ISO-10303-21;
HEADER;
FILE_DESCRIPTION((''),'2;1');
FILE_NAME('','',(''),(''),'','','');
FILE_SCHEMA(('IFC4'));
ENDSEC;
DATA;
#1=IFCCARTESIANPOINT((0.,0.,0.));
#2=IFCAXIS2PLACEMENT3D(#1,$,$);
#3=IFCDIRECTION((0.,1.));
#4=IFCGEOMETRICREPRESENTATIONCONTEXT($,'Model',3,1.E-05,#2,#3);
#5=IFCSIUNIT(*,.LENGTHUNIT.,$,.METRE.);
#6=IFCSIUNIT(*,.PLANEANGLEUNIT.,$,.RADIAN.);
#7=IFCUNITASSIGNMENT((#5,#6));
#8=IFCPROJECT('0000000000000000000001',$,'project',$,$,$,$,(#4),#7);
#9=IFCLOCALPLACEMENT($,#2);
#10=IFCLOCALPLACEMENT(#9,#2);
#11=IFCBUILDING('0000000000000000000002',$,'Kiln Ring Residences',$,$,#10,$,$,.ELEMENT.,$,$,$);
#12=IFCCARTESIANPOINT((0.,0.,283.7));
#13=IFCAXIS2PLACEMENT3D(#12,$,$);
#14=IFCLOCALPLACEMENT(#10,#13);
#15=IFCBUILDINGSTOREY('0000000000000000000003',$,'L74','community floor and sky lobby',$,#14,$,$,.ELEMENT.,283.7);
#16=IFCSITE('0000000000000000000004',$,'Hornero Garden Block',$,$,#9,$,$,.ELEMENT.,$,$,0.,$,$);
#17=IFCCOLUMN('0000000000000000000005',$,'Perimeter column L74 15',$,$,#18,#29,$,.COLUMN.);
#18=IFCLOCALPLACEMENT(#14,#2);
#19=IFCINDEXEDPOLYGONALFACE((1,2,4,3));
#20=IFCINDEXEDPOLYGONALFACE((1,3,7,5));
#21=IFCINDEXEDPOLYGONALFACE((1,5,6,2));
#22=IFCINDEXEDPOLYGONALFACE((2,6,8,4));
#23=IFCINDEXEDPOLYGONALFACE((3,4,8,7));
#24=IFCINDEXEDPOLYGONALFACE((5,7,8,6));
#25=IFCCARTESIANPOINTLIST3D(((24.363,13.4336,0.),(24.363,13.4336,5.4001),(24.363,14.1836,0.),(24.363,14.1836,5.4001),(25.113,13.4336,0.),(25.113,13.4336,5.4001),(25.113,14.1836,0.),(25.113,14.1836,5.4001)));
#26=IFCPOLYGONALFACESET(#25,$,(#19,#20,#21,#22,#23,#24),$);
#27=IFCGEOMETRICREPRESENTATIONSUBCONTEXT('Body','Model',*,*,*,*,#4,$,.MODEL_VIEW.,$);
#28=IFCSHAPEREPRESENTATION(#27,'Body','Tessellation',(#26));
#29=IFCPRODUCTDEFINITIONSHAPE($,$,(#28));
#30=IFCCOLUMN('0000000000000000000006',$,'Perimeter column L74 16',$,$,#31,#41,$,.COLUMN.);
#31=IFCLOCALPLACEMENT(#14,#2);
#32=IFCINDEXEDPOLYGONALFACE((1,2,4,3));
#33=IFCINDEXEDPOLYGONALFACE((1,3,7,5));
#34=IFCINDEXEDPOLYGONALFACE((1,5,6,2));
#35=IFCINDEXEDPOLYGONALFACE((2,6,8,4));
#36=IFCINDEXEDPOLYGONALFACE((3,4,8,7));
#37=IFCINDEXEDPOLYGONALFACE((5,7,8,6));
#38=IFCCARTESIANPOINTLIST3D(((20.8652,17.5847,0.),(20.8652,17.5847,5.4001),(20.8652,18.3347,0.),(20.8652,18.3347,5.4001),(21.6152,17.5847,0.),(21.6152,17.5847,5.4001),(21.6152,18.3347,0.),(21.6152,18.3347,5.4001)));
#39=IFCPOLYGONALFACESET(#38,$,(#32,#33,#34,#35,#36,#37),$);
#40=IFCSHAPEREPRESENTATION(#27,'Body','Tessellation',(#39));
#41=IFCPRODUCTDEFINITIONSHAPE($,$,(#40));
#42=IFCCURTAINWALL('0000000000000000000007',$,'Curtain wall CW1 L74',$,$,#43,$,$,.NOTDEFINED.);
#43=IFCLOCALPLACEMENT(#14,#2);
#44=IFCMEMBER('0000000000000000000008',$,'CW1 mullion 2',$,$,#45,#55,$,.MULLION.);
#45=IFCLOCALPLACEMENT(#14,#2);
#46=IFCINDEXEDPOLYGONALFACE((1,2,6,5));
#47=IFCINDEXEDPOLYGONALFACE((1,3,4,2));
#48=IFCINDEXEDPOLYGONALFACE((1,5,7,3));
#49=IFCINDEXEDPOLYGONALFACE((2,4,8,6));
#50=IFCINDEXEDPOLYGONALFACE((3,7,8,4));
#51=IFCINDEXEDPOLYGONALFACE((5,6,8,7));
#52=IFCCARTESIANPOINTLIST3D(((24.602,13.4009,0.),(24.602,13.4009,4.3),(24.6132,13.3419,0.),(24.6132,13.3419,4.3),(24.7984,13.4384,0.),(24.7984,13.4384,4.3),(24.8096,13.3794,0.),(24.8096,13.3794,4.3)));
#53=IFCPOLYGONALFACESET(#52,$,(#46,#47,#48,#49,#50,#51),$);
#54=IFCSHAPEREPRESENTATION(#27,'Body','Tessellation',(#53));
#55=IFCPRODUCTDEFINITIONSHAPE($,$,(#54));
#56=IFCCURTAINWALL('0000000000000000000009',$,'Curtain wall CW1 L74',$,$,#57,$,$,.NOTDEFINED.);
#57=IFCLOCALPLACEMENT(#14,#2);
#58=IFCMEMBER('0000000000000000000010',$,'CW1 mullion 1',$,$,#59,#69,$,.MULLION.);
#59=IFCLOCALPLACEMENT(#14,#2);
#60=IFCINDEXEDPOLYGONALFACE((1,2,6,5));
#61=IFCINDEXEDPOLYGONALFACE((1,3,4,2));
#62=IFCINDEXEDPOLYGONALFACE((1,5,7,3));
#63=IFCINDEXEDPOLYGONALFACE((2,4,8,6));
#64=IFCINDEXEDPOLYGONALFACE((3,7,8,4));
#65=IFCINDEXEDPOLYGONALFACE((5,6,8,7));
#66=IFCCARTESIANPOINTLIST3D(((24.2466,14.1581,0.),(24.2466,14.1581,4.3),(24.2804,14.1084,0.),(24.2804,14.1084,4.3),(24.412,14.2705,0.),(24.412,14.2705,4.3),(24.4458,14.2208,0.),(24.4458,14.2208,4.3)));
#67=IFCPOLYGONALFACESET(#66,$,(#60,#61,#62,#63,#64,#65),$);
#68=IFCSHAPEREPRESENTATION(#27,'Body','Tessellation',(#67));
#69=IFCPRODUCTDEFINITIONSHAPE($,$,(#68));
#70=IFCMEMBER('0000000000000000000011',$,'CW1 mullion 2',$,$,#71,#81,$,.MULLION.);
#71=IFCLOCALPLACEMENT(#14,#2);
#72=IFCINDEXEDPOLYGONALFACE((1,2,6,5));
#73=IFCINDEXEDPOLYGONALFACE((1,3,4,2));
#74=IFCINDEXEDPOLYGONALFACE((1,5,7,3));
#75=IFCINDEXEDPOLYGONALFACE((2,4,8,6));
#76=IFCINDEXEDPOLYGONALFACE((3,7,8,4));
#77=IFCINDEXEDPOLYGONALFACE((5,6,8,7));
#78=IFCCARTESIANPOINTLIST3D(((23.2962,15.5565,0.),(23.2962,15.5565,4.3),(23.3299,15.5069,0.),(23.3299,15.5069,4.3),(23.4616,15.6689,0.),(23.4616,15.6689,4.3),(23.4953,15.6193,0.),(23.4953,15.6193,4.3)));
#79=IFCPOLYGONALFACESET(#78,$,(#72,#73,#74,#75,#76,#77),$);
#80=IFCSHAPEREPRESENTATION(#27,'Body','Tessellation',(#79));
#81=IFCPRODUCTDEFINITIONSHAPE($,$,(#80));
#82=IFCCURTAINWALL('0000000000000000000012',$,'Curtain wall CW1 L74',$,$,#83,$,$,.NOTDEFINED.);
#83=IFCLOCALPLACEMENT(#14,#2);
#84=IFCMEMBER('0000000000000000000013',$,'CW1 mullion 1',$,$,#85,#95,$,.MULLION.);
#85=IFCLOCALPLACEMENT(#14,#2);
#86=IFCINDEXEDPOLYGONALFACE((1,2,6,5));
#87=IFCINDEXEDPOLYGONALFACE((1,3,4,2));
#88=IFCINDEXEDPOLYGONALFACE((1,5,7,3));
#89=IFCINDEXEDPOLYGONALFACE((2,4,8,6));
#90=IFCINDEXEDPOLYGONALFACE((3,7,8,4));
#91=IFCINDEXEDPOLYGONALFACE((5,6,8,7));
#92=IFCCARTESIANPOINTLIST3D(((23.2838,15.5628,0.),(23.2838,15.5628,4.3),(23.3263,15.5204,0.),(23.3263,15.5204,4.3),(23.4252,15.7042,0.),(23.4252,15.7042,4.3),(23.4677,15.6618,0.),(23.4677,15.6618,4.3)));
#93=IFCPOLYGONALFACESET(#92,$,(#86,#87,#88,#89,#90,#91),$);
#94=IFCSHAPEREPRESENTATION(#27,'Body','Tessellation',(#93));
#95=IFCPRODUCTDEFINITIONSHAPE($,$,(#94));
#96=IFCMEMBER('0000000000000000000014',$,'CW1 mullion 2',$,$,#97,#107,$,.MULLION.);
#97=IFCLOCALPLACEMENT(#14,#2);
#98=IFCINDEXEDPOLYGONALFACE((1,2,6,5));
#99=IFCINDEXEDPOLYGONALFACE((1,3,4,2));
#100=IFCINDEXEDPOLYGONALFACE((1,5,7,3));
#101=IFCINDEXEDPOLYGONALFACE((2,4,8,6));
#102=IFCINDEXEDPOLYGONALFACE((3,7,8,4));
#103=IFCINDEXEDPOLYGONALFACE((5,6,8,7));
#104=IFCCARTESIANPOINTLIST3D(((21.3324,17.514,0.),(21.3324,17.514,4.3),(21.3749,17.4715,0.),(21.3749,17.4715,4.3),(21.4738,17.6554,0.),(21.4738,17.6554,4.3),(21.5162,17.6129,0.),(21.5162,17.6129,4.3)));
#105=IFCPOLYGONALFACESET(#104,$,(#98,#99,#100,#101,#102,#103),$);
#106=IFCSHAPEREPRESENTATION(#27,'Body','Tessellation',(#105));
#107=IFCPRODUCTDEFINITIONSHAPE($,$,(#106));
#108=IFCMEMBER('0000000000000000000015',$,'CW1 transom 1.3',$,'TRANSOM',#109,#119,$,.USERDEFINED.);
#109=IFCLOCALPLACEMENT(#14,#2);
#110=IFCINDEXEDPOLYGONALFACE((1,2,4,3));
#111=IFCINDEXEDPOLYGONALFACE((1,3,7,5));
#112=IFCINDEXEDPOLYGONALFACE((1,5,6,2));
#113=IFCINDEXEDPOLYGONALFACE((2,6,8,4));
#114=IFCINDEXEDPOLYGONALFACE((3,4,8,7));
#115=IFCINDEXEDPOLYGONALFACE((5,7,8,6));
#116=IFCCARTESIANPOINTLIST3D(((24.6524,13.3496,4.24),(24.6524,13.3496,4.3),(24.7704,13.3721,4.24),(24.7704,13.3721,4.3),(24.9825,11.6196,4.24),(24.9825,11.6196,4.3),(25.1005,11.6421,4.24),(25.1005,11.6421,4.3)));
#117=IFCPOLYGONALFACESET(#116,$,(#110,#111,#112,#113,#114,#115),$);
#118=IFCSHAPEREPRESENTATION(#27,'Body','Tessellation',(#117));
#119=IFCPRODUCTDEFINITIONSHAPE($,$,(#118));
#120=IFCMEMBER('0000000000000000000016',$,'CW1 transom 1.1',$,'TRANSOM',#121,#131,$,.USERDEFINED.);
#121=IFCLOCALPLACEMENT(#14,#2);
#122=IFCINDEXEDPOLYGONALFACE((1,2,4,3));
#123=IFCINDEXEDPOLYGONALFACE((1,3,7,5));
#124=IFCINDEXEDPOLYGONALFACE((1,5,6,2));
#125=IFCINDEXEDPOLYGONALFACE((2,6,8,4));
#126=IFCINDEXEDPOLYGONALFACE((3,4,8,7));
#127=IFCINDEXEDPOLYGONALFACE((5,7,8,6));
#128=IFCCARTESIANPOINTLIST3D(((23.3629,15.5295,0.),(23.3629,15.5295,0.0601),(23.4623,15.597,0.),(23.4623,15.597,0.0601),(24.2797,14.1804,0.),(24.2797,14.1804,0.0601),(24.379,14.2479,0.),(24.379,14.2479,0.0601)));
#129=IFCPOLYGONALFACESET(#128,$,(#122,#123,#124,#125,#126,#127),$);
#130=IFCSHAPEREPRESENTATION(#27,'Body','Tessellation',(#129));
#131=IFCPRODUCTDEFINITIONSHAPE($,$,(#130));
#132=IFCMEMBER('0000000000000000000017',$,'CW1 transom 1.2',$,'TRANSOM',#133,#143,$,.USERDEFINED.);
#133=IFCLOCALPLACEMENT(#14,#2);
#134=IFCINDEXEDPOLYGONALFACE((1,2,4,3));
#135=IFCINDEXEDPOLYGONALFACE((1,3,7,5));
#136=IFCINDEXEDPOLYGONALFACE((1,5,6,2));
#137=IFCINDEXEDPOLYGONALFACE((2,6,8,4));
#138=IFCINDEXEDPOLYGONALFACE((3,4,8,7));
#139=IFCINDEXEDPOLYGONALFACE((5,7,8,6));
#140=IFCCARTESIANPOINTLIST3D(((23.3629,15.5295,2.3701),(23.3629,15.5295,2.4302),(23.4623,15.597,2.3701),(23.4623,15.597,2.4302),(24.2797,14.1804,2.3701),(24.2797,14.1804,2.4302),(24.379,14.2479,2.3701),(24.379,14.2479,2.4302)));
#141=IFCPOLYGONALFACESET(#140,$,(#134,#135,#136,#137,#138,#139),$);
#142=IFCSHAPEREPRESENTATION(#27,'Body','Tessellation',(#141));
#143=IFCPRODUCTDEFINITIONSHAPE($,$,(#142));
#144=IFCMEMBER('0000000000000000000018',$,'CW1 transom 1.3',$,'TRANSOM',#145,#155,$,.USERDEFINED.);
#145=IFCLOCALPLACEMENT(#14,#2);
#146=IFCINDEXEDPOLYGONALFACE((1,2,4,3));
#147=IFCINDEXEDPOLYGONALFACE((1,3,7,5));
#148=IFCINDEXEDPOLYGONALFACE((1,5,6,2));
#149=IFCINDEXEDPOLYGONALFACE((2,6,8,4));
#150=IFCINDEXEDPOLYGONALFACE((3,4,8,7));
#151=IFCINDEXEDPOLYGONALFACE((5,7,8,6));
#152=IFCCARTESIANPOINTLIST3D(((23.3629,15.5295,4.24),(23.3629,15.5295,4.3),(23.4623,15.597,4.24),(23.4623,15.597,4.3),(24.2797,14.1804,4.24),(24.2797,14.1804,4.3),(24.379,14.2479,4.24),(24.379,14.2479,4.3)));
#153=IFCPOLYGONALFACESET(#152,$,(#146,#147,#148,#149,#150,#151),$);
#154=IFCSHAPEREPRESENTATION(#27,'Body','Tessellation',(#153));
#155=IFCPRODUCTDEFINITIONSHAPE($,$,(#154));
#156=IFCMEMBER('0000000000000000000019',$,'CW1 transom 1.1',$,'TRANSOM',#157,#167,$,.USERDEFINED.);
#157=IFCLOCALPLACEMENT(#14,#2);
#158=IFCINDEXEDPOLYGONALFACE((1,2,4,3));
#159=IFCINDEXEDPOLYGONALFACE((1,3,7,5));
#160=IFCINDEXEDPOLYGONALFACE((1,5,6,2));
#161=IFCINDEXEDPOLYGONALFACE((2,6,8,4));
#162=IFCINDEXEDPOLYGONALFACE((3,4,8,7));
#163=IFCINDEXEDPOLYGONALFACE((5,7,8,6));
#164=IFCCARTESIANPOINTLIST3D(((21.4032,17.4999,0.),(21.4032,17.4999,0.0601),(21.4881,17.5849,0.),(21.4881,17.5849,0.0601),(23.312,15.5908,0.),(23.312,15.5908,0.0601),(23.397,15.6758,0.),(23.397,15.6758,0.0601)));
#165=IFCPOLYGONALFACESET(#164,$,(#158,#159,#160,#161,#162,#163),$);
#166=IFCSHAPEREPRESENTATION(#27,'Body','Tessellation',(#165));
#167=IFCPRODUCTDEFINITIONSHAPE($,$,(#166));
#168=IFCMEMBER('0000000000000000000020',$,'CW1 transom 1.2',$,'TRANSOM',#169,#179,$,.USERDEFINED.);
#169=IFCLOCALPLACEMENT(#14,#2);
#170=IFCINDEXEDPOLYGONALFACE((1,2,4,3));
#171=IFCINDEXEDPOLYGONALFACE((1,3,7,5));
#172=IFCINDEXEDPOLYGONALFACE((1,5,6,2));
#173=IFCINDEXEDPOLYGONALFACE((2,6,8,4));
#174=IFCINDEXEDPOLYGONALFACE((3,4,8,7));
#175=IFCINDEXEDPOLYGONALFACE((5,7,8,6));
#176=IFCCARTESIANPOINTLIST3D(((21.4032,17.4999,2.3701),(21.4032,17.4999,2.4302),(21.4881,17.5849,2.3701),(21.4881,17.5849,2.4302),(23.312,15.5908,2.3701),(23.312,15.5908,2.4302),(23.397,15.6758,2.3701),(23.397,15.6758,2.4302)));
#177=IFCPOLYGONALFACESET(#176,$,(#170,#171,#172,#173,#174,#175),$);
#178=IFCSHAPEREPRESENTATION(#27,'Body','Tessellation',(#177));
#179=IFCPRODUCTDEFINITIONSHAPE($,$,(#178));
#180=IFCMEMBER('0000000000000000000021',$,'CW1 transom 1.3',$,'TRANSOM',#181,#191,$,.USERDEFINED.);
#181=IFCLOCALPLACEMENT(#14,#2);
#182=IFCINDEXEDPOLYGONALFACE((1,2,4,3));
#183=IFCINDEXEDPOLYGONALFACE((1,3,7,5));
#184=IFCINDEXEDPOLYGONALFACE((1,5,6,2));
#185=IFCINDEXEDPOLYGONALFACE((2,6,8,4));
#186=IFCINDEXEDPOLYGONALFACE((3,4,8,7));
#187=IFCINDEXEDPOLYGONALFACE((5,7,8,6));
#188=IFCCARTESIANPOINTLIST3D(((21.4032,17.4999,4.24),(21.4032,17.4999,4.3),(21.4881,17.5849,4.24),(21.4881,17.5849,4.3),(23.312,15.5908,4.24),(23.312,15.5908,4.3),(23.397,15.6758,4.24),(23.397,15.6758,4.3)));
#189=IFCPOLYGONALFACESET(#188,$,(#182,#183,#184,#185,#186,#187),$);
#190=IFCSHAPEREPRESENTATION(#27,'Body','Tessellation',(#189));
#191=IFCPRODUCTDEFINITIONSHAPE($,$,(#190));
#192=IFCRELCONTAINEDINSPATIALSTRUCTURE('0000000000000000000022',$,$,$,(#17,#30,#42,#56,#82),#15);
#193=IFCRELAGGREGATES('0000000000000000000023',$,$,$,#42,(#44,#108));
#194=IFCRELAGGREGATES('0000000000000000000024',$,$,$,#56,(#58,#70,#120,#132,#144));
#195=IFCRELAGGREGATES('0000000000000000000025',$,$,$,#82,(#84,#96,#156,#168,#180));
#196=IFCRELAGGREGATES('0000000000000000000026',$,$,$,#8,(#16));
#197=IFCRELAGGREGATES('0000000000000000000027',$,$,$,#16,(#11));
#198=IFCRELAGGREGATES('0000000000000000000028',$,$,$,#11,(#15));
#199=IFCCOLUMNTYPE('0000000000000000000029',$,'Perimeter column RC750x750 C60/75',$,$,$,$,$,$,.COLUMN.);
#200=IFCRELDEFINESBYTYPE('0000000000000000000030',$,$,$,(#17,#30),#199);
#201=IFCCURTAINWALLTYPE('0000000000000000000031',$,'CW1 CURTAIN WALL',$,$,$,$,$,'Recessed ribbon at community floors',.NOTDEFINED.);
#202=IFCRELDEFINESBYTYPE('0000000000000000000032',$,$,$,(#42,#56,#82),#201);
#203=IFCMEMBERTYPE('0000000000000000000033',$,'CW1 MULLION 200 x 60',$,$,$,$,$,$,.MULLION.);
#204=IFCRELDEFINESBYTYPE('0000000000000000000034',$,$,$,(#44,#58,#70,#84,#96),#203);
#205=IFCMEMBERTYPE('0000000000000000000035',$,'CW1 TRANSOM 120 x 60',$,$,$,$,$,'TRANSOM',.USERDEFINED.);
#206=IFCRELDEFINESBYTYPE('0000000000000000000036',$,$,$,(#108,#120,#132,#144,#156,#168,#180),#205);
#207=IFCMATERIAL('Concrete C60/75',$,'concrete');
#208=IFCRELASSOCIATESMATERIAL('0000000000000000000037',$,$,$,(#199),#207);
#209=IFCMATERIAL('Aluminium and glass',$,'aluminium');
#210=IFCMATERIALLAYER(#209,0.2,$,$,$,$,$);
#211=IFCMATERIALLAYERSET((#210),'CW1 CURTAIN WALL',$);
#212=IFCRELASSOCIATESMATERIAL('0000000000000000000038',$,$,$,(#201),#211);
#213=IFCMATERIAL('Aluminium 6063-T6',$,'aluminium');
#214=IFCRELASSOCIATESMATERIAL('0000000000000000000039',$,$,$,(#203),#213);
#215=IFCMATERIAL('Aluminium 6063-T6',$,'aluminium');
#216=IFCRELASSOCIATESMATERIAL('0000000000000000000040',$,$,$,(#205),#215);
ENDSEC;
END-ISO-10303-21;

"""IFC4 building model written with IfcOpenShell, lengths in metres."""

from ifc_helpers import new_model, si_unit, direction, frame, origin, origin_2d, place, context, subcontext, project, spatial, rectangle, extrude, material, layer, layer_set, material_profile, profile_set, type_object, element, aggregate, save


model = new_model("IFC4")

# Units and contexts
model_context = context("Model", 3, precision=1e-05, world=origin(), true_north=direction((0.0, 1.0)))
body_context = subcontext(model_context, "Body", "Model", "MODEL_VIEW")
ifc_project = project(units=[si_unit("LENGTHUNIT", "METRE"), si_unit("PLANEANGLEUNIT", "RADIAN")], contexts=[model_context])

# Site, building, storey
site_placement = place(None, origin())
site = spatial("IfcSite", under=ifc_project, at=site_placement, Name="Hornero Garden Block", CompositionType="ELEMENT", RefElevation=0.0)
building_placement = place(site_placement, origin())
building = spatial("IfcBuilding", under=site, at=building_placement, Name="Kiln Ring Residences", CompositionType="ELEMENT")
storey_placement = place(building_placement, frame((0.0, 0.0, 283.7)))
storey = spatial("IfcBuildingStorey", under=building, at=storey_placement, Name="L74", Description="community floor and sky lobby", CompositionType="ELEMENT", Elevation=283.7)

# Columns
ifc_material_1 = material(Name="Concrete C60/75", Category="concrete")
ifc_material_profile_1 = material_profile(ifc_material_1, rectangle(XDim=0.75, YDim=0.75, at=origin_2d()), Name="RC750x750")
ifc_profile_set_1 = profile_set([ifc_material_profile_1], Name="Concrete C60/75")
column_type = type_object("IfcColumnType", Name="Perimeter column RC750x750 C60/75", PredefinedType="COLUMN", material=ifc_profile_set_1)
for number, where, z_axis, x_axis, name in (
    (1, (24.738, 13.8086, 0.0), (0.0, 0.0, 1.0), (1.0, 0.0, 0.0), "Perimeter column L74 15"),
    (2, (21.2402, 17.9597, 0.0), (0.0, 0.0, 1.0), (1.0, 0.0, 0.0), "Perimeter column L74 16"),
):
    element("IfcColumn", number, at=place(storey_placement, frame(where, z_axis=z_axis, x_axis=x_axis)), inside=storey, type_object=column_type, Name=name, PredefinedType="COLUMN", context=body_context, shape_type="SweptSolid", body=[
        extrude(rectangle(XDim=0.75, YDim=0.75, at=origin_2d()), origin(), (0.0, 0.0, 1.0), 5.4001),
    ])

# Curtain wall, member
ifc_material_2 = material(Name="Aluminium and glass", Category="aluminium")
ifc_layer_1 = layer(ifc_material_2, 0.2)
ifc_layer_set_1 = layer_set([ifc_layer_1], Name="CW1 CURTAIN WALL")
curtain_wall_type = type_object("IfcCurtainWallType", Name="CW1 CURTAIN WALL", ElementType="Recessed ribbon at community floors", PredefinedType="NOTDEFINED", material=ifc_layer_set_1)
placement = place(storey_placement, origin())
curtain_wall_1 = element("IfcCurtainWall", 3, at=placement, inside=storey, type_object=curtain_wall_type, Name="Curtain wall CW1 L74", PredefinedType="NOTDEFINED")
ifc_material_3 = material(Name="Aluminium 6063-T6", Category="aluminium")
ifc_material_profile_2 = material_profile(ifc_material_3, rectangle(XDim=0.2, YDim=0.0601, at=origin_2d()), Name="AL 200x60")
ifc_profile_set_2 = profile_set([ifc_material_profile_2], Name="Aluminium 6063-T6")
member_type_1 = type_object("IfcMemberType", Name="CW1 MULLION 200 x 60", PredefinedType="MULLION", material=ifc_profile_set_2)
member_1_placement = place(storey_placement, frame((24.7058, 13.3901, 0.0), z_axis=(0.0, 0.0, 1.0), x_axis=(-0.98229, -0.187366, 0.0)))
member_1 = element("IfcMember", 4, at=member_1_placement, type_object=member_type_1, Name="CW1 mullion 2", PredefinedType="MULLION", context=body_context, shape_type="SweptSolid", body=[
    extrude(rectangle(XDim=0.2, YDim=0.0601, at=origin_2d()), origin(), (0.0, 0.0, 1.0), 4.3),
])

# Curtain walls, members
curtain_wall_2 = element("IfcCurtainWall", 5, at=placement, inside=storey, type_object=curtain_wall_type, Name="Curtain wall CW1 L74", PredefinedType="NOTDEFINED")
member_2_placement = place(storey_placement, frame((24.3462, 14.1895, 0.0), z_axis=(0.0, 0.0, 1.0), x_axis=(-0.827072, -0.562097, 0.0)))
member_2 = element("IfcMember", 6, at=member_2_placement, type_object=member_type_1, Name="CW1 mullion 1", PredefinedType="MULLION", context=body_context, shape_type="SweptSolid", body=[
    extrude(rectangle(XDim=0.2, YDim=0.0601, at=origin_2d()), origin(), (0.0, 0.0, 1.0), 4.3),
])
member_3_placement = place(storey_placement, frame((23.3958, 15.5879, 0.0), z_axis=(0.0, 0.0, 1.0), x_axis=(-0.827072, -0.562097, 0.0)))
member_3 = element("IfcMember", 7, at=member_3_placement, type_object=member_type_1, Name="CW1 mullion 2", PredefinedType="MULLION", context=body_context, shape_type="SweptSolid", body=[
    extrude(rectangle(XDim=0.2, YDim=0.0601, at=origin_2d()), origin(), (0.0, 0.0, 1.0), 4.3),
])
curtain_wall_3 = element("IfcCurtainWall", 8, at=placement, inside=storey, type_object=curtain_wall_type, Name="Curtain wall CW1 L74", PredefinedType="NOTDEFINED")
member_4_placement = place(storey_placement, frame((23.3757, 15.6123, 0.0), z_axis=(0.0, 0.0, 1.0), x_axis=(-0.707107, -0.707107, 0.0)))
member_4 = element("IfcMember", 9, at=member_4_placement, type_object=member_type_1, Name="CW1 mullion 1", PredefinedType="MULLION", context=body_context, shape_type="SweptSolid", body=[
    extrude(rectangle(XDim=0.2, YDim=0.0601, at=origin_2d()), origin(), (0.0, 0.0, 1.0), 4.3),
])
member_5_placement = place(storey_placement, frame((21.4243, 17.5635, 0.0), z_axis=(0.0, 0.0, 1.0), x_axis=(-0.707107, -0.707107, 0.0)))
member_5 = element("IfcMember", 10, at=member_5_placement, type_object=member_type_1, Name="CW1 mullion 2", PredefinedType="MULLION", context=body_context, shape_type="SweptSolid", body=[
    extrude(rectangle(XDim=0.2, YDim=0.0601, at=origin_2d()), origin(), (0.0, 0.0, 1.0), 4.3),
])

# Members
ifc_material_4 = material(Name="Aluminium 6063-T6", Category="aluminium")
ifc_material_profile_3 = material_profile(ifc_material_4, rectangle(XDim=0.1201, YDim=0.0601, at=origin_2d()), Name="AL 120x60")
ifc_profile_set_3 = profile_set([ifc_material_profile_3], Name="Aluminium 6063-T6")
member_type_2 = type_object("IfcMemberType", Name="CW1 TRANSOM 120 x 60", ElementType="TRANSOM", PredefinedType="USERDEFINED", material=ifc_profile_set_3)
member_6_placement = place(storey_placement, frame((25.0415, 11.6309, 4.27), z_axis=(-0.187418, 0.98228, 0.0), x_axis=(-0.98228, -0.187418, 0.0)))
member_6 = element("IfcMember", 11, at=member_6_placement, type_object=member_type_2, Name="CW1 transom 1.3", ObjectType="TRANSOM", PredefinedType="USERDEFINED", context=body_context, shape_type="SweptSolid", body=[
    extrude(rectangle(XDim=0.1201, YDim=0.0601, at=origin_2d()), origin(), (0.0, 0.0, 1.0), 1.7612),
])
member_7_placement = place(storey_placement, frame((24.3293, 14.2141, 0.03), z_axis=(-0.562036, 0.827113, 0.0), x_axis=(-0.827113, -0.562036, 0.0)))
member_7 = element("IfcMember", 12, at=member_7_placement, type_object=member_type_2, Name="CW1 transom 1.1", ObjectType="TRANSOM", PredefinedType="USERDEFINED", context=body_context, shape_type="SweptSolid", body=[
    extrude(rectangle(XDim=0.1201, YDim=0.0601, at=origin_2d()), origin(), (0.0, 0.0, 1.0), 1.6311),
])
member_8_placement = place(storey_placement, frame((24.3293, 14.2141, 2.4001), z_axis=(-0.562036, 0.827113, 0.0), x_axis=(-0.827113, -0.562036, 0.0)))
member_8 = element("IfcMember", 13, at=member_8_placement, type_object=member_type_2, Name="CW1 transom 1.2", ObjectType="TRANSOM", PredefinedType="USERDEFINED", context=body_context, shape_type="SweptSolid", body=[
    extrude(rectangle(XDim=0.1201, YDim=0.0601, at=origin_2d()), origin(), (0.0, 0.0, 1.0), 1.6311),
])
member_9_placement = place(storey_placement, frame((24.3293, 14.2141, 4.27), z_axis=(-0.562036, 0.827113, 0.0), x_axis=(-0.827113, -0.562036, 0.0)))
member_9 = element("IfcMember", 14, at=member_9_placement, type_object=member_type_2, Name="CW1 transom 1.3", ObjectType="TRANSOM", PredefinedType="USERDEFINED", context=body_context, shape_type="SweptSolid", body=[
    extrude(rectangle(XDim=0.1201, YDim=0.0601, at=origin_2d()), origin(), (0.0, 0.0, 1.0), 1.6311),
])
member_10_placement = place(storey_placement, frame((23.3545, 15.6333, 0.03), z_axis=(-0.707062, 0.707152, 0.0), x_axis=(-0.707152, -0.707062, 0.0)))
member_10 = element("IfcMember", 15, at=member_10_placement, type_object=member_type_2, Name="CW1 transom 1.1", ObjectType="TRANSOM", PredefinedType="USERDEFINED", context=body_context, shape_type="SweptSolid", body=[
    extrude(rectangle(XDim=0.1201, YDim=0.0601, at=origin_2d()), origin(), (0.0, 0.0, 1.0), 2.6997),
])
member_11_placement = place(storey_placement, frame((23.3545, 15.6333, 2.4001), z_axis=(-0.707062, 0.707152, 0.0), x_axis=(-0.707152, -0.707062, 0.0)))
member_11 = element("IfcMember", 16, at=member_11_placement, type_object=member_type_2, Name="CW1 transom 1.2", ObjectType="TRANSOM", PredefinedType="USERDEFINED", context=body_context, shape_type="SweptSolid", body=[
    extrude(rectangle(XDim=0.1201, YDim=0.0601, at=origin_2d()), origin(), (0.0, 0.0, 1.0), 2.6997),
])
member_12_placement = place(storey_placement, frame((23.3545, 15.6333, 4.27), z_axis=(-0.707062, 0.707152, 0.0), x_axis=(-0.707152, -0.707062, 0.0)))
member_12 = element("IfcMember", 17, at=member_12_placement, type_object=member_type_2, Name="CW1 transom 1.3", ObjectType="TRANSOM", PredefinedType="USERDEFINED", context=body_context, shape_type="SweptSolid", body=[
    extrude(rectangle(XDim=0.1201, YDim=0.0601, at=origin_2d()), origin(), (0.0, 0.0, 1.0), 2.6997),
])

aggregate(curtain_wall_1, [member_1, member_6])
aggregate(curtain_wall_2, [member_2, member_3, member_7, member_8, member_9])
aggregate(curtain_wall_3, [member_4, member_5, member_10, member_11, member_12])

save(model, "model.ifc")
